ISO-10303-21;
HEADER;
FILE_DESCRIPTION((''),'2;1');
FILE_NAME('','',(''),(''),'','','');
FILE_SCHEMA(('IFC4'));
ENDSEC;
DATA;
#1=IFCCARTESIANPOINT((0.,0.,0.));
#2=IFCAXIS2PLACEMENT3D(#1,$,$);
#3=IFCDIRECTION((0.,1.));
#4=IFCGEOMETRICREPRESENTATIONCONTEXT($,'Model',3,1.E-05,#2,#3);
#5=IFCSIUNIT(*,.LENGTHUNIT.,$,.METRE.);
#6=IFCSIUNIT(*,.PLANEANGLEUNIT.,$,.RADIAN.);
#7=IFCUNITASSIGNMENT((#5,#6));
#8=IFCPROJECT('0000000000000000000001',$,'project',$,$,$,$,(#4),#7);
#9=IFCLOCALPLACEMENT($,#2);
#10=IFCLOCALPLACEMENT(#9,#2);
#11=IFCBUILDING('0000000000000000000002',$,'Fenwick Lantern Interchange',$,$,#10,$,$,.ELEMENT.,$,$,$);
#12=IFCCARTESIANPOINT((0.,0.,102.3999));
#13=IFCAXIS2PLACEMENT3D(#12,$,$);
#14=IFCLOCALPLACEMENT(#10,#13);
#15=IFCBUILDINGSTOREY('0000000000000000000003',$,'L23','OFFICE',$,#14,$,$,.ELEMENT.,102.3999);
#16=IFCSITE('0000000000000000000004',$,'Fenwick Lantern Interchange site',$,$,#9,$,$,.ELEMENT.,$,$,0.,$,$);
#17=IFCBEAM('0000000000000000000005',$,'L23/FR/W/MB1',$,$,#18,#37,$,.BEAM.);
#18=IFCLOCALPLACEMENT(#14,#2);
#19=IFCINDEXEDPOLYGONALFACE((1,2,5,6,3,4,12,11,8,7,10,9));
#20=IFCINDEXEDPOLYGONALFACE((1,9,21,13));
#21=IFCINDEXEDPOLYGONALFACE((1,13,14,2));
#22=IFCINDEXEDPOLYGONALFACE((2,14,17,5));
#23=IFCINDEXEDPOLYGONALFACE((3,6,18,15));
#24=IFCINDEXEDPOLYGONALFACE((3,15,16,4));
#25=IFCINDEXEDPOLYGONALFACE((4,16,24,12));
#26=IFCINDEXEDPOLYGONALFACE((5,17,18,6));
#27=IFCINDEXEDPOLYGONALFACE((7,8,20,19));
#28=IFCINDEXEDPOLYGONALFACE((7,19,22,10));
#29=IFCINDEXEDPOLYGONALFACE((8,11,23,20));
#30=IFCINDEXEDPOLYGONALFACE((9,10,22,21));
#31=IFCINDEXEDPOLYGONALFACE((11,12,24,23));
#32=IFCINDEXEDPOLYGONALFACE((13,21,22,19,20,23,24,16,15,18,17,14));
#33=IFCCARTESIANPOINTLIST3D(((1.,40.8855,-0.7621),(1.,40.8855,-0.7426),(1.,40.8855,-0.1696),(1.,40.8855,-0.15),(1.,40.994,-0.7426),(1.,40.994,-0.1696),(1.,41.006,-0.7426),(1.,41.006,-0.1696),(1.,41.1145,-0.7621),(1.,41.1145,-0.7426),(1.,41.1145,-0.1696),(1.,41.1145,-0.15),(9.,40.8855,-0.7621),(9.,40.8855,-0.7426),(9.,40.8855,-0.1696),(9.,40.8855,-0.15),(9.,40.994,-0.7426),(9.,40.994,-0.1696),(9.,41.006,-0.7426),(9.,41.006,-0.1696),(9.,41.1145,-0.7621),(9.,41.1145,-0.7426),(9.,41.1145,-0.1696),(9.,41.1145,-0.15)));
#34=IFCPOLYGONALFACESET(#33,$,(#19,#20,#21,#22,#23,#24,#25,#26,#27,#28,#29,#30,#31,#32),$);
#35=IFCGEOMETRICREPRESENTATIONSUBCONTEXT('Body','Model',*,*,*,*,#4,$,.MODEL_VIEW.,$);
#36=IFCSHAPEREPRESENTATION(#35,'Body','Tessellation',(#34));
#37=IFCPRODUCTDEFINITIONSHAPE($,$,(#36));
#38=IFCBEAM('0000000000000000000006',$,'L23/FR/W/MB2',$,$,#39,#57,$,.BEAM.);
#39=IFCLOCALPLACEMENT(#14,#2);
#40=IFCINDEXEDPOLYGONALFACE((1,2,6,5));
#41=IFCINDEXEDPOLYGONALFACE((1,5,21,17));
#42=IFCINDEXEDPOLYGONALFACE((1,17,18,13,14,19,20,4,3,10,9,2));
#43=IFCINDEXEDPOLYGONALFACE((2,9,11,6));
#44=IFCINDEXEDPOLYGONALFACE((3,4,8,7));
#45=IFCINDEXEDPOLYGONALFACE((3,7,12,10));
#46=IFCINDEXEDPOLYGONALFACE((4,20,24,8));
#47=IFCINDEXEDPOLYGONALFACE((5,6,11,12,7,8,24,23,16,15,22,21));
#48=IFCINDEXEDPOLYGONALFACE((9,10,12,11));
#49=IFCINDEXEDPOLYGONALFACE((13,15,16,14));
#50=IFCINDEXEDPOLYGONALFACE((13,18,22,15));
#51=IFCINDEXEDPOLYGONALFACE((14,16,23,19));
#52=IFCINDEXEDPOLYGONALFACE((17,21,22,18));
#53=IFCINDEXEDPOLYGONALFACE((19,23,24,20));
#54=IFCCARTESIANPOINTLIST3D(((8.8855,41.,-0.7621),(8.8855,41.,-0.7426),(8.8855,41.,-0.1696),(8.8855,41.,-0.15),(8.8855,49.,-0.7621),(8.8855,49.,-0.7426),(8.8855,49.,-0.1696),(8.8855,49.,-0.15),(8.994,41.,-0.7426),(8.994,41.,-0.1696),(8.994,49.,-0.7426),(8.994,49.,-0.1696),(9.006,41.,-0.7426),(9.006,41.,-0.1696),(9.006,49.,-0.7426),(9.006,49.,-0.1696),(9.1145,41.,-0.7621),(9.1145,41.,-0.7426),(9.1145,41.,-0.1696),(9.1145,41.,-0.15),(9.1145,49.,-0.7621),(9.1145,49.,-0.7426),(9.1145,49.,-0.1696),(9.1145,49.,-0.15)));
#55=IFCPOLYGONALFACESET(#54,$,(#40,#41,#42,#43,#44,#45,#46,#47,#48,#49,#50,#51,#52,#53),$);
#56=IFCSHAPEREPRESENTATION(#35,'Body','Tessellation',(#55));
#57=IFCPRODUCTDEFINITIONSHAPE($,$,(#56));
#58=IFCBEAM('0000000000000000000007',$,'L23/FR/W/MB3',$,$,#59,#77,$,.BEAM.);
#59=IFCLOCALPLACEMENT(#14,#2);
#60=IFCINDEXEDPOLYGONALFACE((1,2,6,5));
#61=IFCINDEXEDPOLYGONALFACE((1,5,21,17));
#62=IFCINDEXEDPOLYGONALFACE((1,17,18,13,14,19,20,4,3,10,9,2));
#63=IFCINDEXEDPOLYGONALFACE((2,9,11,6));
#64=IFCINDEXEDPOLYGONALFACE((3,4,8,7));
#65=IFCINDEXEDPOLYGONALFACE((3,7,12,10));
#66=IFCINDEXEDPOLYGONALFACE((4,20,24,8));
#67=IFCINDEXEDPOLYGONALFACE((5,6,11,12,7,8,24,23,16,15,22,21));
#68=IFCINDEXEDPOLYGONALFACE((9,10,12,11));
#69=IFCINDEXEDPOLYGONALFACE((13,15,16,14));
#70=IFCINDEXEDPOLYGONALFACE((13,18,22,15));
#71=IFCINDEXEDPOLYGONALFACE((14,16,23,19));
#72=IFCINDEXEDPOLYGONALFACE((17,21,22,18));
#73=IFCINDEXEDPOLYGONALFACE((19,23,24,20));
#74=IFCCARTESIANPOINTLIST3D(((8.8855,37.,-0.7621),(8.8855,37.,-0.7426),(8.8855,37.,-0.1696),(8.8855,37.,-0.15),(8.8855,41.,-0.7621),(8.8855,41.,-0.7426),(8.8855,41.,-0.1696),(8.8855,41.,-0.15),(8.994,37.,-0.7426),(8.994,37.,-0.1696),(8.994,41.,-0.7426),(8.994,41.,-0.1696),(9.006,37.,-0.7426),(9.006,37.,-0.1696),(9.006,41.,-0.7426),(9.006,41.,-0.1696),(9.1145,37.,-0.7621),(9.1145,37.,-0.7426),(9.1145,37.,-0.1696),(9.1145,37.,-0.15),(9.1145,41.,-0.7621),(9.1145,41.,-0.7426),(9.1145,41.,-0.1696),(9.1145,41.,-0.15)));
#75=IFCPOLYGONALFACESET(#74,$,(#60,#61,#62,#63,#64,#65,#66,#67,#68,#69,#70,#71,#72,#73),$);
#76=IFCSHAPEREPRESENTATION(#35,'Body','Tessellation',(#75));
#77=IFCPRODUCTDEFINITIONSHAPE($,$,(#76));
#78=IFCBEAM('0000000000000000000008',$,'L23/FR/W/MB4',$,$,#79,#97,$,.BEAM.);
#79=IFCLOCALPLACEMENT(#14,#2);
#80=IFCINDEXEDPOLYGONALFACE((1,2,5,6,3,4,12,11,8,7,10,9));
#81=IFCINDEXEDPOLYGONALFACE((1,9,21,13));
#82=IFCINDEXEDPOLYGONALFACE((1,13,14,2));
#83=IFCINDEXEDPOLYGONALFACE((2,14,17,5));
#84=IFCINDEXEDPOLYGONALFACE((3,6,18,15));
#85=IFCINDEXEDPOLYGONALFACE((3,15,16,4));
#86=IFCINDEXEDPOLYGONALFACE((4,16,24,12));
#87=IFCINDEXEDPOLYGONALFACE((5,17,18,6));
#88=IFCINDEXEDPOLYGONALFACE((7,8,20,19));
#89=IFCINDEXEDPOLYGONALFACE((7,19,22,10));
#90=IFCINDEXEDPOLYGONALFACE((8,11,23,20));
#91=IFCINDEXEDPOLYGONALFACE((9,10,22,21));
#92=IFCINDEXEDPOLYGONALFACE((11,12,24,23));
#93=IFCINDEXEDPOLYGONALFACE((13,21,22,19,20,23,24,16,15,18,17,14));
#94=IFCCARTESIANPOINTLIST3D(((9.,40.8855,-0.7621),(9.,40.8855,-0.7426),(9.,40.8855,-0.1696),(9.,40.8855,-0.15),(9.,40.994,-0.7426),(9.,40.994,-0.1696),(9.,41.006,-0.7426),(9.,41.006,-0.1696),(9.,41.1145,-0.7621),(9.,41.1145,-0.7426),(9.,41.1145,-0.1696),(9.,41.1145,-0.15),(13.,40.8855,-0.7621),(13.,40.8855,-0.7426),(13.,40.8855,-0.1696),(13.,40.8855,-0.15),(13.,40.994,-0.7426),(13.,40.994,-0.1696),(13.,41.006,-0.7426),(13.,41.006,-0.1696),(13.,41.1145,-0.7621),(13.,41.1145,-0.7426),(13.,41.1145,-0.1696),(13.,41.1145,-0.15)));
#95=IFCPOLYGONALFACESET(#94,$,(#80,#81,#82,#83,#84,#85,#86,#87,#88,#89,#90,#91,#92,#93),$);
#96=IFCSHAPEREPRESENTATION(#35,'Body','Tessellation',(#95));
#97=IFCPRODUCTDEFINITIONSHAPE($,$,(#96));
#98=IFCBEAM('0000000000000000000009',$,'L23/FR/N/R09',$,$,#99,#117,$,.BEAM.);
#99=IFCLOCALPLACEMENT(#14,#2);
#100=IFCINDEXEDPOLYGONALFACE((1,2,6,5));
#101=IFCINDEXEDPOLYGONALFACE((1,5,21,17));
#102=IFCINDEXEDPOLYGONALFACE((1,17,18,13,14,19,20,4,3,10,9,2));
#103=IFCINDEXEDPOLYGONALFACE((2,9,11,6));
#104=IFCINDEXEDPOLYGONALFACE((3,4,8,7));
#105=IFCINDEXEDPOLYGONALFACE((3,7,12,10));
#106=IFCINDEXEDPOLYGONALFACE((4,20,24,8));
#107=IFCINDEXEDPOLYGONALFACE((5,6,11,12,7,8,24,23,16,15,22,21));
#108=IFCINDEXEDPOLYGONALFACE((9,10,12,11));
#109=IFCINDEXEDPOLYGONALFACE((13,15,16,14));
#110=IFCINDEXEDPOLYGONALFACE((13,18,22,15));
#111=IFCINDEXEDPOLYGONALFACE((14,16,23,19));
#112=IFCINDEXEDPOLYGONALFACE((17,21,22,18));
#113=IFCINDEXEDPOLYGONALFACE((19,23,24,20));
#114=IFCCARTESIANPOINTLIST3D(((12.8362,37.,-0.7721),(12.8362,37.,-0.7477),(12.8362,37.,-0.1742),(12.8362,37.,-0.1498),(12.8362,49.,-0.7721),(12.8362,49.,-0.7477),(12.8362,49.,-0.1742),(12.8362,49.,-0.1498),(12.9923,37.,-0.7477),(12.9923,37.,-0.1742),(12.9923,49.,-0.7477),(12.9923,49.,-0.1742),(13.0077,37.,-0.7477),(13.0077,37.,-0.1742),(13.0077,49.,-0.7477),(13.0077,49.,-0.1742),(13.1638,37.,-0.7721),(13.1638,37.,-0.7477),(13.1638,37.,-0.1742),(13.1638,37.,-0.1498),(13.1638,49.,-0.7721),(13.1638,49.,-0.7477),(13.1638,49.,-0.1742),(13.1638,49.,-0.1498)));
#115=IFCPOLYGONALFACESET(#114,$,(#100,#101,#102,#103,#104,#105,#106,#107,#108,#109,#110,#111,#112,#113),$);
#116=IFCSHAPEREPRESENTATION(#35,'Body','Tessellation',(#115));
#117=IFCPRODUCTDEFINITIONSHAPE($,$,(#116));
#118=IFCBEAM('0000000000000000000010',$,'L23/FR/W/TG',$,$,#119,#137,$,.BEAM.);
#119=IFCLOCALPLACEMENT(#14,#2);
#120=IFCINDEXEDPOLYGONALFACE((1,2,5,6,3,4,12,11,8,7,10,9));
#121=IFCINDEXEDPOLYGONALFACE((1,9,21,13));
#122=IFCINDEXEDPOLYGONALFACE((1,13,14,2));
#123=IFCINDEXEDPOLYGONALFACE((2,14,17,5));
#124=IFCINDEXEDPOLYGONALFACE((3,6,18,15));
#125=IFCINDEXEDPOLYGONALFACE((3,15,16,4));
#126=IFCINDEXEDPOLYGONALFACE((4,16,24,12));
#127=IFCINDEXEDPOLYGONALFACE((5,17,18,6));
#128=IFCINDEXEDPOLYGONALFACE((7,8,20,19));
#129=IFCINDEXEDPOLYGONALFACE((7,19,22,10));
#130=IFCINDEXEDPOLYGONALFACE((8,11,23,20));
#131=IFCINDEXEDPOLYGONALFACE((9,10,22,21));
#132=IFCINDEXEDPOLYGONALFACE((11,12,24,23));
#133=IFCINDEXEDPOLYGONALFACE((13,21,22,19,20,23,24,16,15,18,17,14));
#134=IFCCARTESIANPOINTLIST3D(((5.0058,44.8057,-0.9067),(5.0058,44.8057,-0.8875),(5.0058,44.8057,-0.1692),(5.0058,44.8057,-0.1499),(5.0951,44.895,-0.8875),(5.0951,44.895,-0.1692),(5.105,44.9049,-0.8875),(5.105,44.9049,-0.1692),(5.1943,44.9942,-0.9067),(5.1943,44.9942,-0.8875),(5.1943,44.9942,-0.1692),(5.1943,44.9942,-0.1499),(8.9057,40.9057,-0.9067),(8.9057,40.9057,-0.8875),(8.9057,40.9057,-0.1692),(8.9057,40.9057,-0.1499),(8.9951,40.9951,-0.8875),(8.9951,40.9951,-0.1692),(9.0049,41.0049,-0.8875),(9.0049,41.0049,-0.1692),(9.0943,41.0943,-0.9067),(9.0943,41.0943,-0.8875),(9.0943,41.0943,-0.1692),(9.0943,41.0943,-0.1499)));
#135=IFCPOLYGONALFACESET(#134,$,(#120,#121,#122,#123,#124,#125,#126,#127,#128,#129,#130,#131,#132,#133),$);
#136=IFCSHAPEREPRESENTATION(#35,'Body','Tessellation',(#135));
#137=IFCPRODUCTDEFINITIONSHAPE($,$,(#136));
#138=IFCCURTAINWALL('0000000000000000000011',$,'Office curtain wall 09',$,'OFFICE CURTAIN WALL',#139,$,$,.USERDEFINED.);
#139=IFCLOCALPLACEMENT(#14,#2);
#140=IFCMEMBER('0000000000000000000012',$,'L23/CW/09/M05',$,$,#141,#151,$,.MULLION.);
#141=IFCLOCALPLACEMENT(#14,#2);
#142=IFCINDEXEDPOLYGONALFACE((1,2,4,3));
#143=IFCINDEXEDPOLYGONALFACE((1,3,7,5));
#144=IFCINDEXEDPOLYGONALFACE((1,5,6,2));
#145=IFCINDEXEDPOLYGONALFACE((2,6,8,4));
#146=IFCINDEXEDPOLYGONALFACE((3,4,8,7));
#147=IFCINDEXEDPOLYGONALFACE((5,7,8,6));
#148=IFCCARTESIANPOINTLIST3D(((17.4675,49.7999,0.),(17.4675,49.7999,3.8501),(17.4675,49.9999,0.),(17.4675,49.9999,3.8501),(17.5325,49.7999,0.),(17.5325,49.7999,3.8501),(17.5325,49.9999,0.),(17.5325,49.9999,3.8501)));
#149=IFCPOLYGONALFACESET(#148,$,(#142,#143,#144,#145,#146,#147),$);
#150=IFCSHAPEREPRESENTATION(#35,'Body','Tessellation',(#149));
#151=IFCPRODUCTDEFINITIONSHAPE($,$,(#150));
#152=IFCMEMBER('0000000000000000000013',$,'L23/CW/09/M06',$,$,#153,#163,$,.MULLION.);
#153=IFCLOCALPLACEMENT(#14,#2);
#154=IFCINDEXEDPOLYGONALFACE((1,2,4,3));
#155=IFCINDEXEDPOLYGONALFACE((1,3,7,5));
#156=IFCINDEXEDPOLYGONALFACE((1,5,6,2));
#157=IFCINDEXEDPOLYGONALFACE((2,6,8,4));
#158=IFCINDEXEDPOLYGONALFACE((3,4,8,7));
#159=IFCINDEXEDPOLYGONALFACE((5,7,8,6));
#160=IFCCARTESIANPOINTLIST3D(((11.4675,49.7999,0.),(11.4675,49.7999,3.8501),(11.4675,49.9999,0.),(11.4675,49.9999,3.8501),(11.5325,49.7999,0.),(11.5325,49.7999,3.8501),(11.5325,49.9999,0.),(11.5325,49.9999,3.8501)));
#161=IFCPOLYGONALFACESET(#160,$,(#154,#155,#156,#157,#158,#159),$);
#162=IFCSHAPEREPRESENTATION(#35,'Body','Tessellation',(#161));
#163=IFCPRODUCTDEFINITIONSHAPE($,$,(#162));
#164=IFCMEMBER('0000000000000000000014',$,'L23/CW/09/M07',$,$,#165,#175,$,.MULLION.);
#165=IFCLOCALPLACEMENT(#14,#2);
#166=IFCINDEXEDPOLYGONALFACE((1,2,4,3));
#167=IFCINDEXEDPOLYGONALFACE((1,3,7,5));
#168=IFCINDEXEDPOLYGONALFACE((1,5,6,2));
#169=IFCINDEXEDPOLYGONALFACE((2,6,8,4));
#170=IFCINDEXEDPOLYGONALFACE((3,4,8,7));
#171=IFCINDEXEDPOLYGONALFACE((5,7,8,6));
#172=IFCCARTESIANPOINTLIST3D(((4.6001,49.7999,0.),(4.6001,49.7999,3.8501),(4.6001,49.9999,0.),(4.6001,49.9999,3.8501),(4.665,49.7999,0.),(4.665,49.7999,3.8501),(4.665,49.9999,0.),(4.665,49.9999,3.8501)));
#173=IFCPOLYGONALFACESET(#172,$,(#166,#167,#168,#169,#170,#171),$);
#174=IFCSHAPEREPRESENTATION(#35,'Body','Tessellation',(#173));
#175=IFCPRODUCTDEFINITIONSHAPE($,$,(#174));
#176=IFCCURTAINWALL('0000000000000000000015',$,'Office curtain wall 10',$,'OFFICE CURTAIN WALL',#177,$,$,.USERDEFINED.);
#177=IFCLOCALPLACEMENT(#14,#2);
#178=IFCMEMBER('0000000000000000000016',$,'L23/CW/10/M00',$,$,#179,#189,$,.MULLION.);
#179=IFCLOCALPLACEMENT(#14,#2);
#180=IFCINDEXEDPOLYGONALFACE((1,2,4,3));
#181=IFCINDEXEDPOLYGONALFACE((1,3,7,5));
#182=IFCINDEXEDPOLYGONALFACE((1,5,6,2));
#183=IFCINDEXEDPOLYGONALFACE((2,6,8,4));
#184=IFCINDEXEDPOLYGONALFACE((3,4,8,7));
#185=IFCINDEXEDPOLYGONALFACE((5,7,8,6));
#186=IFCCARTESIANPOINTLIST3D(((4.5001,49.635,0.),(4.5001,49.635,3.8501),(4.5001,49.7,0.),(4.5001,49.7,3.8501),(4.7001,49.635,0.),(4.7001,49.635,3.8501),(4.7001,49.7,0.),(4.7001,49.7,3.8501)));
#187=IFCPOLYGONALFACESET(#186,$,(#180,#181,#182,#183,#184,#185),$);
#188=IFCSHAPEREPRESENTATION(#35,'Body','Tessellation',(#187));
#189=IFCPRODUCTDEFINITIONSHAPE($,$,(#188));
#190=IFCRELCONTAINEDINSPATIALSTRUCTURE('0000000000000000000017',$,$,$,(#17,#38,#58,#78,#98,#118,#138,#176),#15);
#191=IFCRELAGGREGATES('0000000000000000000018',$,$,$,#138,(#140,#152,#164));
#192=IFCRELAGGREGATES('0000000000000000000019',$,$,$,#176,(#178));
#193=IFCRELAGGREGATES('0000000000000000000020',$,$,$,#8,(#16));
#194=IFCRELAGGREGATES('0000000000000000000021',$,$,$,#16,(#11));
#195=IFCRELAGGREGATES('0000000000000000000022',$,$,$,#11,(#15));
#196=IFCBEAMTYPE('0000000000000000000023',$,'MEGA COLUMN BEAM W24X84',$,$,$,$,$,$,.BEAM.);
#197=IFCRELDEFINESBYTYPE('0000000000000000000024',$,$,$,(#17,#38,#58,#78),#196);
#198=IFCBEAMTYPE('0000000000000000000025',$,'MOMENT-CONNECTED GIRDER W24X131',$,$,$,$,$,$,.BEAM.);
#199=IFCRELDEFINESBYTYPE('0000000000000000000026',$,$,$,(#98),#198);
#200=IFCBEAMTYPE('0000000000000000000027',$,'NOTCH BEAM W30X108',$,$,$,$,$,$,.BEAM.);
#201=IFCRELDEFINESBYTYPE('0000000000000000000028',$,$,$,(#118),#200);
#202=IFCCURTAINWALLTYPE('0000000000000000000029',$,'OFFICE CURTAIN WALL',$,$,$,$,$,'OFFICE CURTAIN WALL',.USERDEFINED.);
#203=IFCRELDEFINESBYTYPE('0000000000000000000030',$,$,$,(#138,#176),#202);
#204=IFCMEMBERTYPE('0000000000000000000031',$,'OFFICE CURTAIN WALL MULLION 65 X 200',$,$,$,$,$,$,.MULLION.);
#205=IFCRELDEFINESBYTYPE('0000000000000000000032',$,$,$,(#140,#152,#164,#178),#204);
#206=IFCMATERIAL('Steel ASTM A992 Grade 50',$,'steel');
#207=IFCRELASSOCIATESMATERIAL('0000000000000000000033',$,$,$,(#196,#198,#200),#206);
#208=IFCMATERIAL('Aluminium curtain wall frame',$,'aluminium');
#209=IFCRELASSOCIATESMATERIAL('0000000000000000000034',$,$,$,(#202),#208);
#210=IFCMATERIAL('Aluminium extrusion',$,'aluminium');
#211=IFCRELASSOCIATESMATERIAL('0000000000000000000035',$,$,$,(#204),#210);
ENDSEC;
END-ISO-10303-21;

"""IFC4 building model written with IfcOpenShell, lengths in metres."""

from ifc_helpers import new_model, si_unit, direction, frame, origin, origin_2d, place, context, subcontext, project, spatial, rectangle, i_section, extrude, material, material_profile, profile_set, type_object, element, aggregate, save


model = new_model("IFC4")

# Units and contexts
model_context = context("Model", 3, precision=1e-05, world=origin(), true_north=direction((0.0, 1.0)))
body_context = subcontext(model_context, "Body", "Model", "MODEL_VIEW")
ifc_project = project(units=[si_unit("LENGTHUNIT", "METRE"), si_unit("PLANEANGLEUNIT", "RADIAN")], contexts=[model_context])

# Site, building, storey
site_placement = place(None, origin())
site = spatial("IfcSite", under=ifc_project, at=site_placement, Name="Fenwick Lantern Interchange site", CompositionType="ELEMENT", RefElevation=0.0)
building_placement = place(site_placement, origin())
building = spatial("IfcBuilding", under=site, at=building_placement, Name="Fenwick Lantern Interchange", CompositionType="ELEMENT")
storey_placement = place(building_placement, frame((0.0, 0.0, 102.3999)))
storey = spatial("IfcBuildingStorey", under=building, at=storey_placement, Name="L23", Description="OFFICE", CompositionType="ELEMENT", Elevation=102.3999)

# Shared definitions
ifc_material_1 = material(Name="Steel ASTM A992 Grade 50", Category="steel")

# Beams
ifc_material_profile_1 = material_profile(ifc_material_1, i_section(OverallWidth=0.229, OverallDepth=0.6121, WebThickness=0.012, FlangeThickness=0.0195, at=origin_2d()), Name="W24X84")
ifc_profile_set_1 = profile_set([ifc_material_profile_1], Name="Steel ASTM A992 Grade 50")
beam_type_1 = type_object("IfcBeamType", Name="MEGA COLUMN BEAM W24X84", PredefinedType="BEAM", material=ifc_profile_set_1)
for number, where, z_axis, x_axis, name in (
    (1, (9.0, 41.0, -0.4561), (-1.0, 0.0, 0.0), (0.0, -1.0, 0.0), "L23/FR/W/MB1"),
    (2, (9.0, 41.0, -0.4561), (0.0, 1.0, 0.0), (-1.0, 0.0, 0.0), "L23/FR/W/MB2"),
):
    element("IfcBeam", number, at=place(storey_placement, frame(where, z_axis=z_axis, x_axis=x_axis)), inside=storey, type_object=beam_type_1, Name=name, PredefinedType="BEAM", context=body_context, shape_type="SweptSolid", body=[
        extrude(i_section(OverallWidth=0.229, OverallDepth=0.6121, WebThickness=0.012, FlangeThickness=0.0195, at=origin_2d()), origin(), (0.0, 0.0, 1.0), 8.0),
    ])
for number, where, z_axis, x_axis, name in (
    (3, (9.0, 41.0, -0.4561), (0.0, -1.0, 0.0), (1.0, 0.0, 0.0), "L23/FR/W/MB3"),
    (4, (9.0, 41.0, -0.4561), (1.0, 0.0, 0.0), (0.0, 1.0, 0.0), "L23/FR/W/MB4"),
):
    element("IfcBeam", number, at=place(storey_placement, frame(where, z_axis=z_axis, x_axis=x_axis)), inside=storey, type_object=beam_type_1, Name=name, PredefinedType="BEAM", context=body_context, shape_type="SweptSolid", body=[
        extrude(i_section(OverallWidth=0.229, OverallDepth=0.6121, WebThickness=0.012, FlangeThickness=0.0195, at=origin_2d()), origin(), (0.0, 0.0, 1.0), 4.0),
    ])
ifc_material_profile_2 = material_profile(ifc_material_1, i_section(OverallWidth=0.3276, OverallDepth=0.6223, WebThickness=0.0154, FlangeThickness=0.0244, at=origin_2d()), Name="W24X131")
ifc_profile_set_2 = profile_set([ifc_material_profile_2], Name="Steel ASTM A992 Grade 50")
beam_type_2 = type_object("IfcBeamType", Name="MOMENT-CONNECTED GIRDER W24X131", PredefinedType="BEAM", material=ifc_profile_set_2)
beam_1_placement = place(storey_placement, frame((13.0, 49.0, -0.4609), z_axis=(0.0, -1.0, 0.0), x_axis=(1.0, 0.0, 0.0)))
element("IfcBeam", 5, at=beam_1_placement, inside=storey, type_object=beam_type_2, Name="L23/FR/N/R09", PredefinedType="BEAM", context=body_context, shape_type="SweptSolid", body=[
    extrude(i_section(OverallWidth=0.3276, OverallDepth=0.6223, WebThickness=0.0154, FlangeThickness=0.0244, at=origin_2d()), origin(), (0.0, 0.0, 1.0), 12.0),
])
ifc_material_profile_3 = material_profile(ifc_material_1, i_section(OverallWidth=0.2666, OverallDepth=0.7568, WebThickness=0.0139, FlangeThickness=0.0193, at=origin_2d()), Name="W30X108")
ifc_profile_set_3 = profile_set([ifc_material_profile_3], Name="Steel ASTM A992 Grade 50")
beam_type_3 = type_object("IfcBeamType", Name="NOTCH BEAM W30X108", PredefinedType="BEAM", material=ifc_profile_set_3)
beam_2_placement = place(storey_placement, frame((9.0, 41.0, -0.5283), z_axis=(-0.707107, 0.707107, 0.0), x_axis=(-0.707107, -0.707107, 0.0)))
element("IfcBeam", 6, at=beam_2_placement, inside=storey, type_object=beam_type_3, Name="L23/FR/W/TG", PredefinedType="BEAM", context=body_context, shape_type="SweptSolid", body=[
    extrude(i_section(OverallWidth=0.2666, OverallDepth=0.7568, WebThickness=0.0139, FlangeThickness=0.0193, at=origin_2d()), origin(), (0.0, 0.0, 1.0), 5.5154),
])

# Curtain walls, members
ifc_material_2 = material(Name="Aluminium curtain wall frame", Category="aluminium")
curtain_wall_type = type_object("IfcCurtainWallType", Name="OFFICE CURTAIN WALL", ElementType="OFFICE CURTAIN WALL", PredefinedType="USERDEFINED", material=ifc_material_2)
curtain_wall_1_placement = place(storey_placement, origin())
curtain_wall_1 = element("IfcCurtainWall", 7, at=curtain_wall_1_placement, inside=storey, type_object=curtain_wall_type, Name="Office curtain wall 09", ObjectType="OFFICE CURTAIN WALL", PredefinedType="USERDEFINED")
ifc_material_3 = material(Name="Aluminium extrusion", Category="aluminium")
ifc_material_profile_4 = material_profile(ifc_material_3, rectangle(XDim=0.2, YDim=0.0649, at=origin_2d()), Name="OFFICE CURTAIN WALL MULLION 65 X 200")
ifc_profile_set_4 = profile_set([ifc_material_profile_4], Name="Aluminium extrusion")
member_type_1 = type_object("IfcMemberType", Name="OFFICE CURTAIN WALL MULLION 65 X 200", PredefinedType="MULLION", material=ifc_profile_set_4)
member_1_placement = place(storey_placement, frame((17.5, 49.8999, 0.0), z_axis=(0.0, 0.0, 1.0), x_axis=(0.0, -1.0, 0.0)))
member_1 = element("IfcMember", 8, at=member_1_placement, type_object=member_type_1, Name="L23/CW/09/M05", PredefinedType="MULLION", context=body_context, shape_type="SweptSolid", body=[
    extrude(rectangle(XDim=0.2, YDim=0.0649, at=origin_2d()), origin(), (0.0, 0.0, 1.0), 3.8501),
])
member_2_placement = place(storey_placement, frame((11.5, 49.8999, 0.0), z_axis=(0.0, 0.0, 1.0), x_axis=(0.0, -1.0, 0.0)))
member_2 = element("IfcMember", 9, at=member_2_placement, type_object=member_type_1, Name="L23/CW/09/M06", PredefinedType="MULLION", context=body_context, shape_type="SweptSolid", body=[
    extrude(rectangle(XDim=0.2, YDim=0.0649, at=origin_2d()), origin(), (0.0, 0.0, 1.0), 3.8501),
])
member_3_placement = place(storey_placement, frame((4.6326, 49.8999, 0.0), z_axis=(0.0, 0.0, 1.0), x_axis=(0.0, -1.0, 0.0)))
member_3 = element("IfcMember", 10, at=member_3_placement, type_object=member_type_1, Name="L23/CW/09/M07", PredefinedType="MULLION", context=body_context, shape_type="SweptSolid", body=[
    extrude(rectangle(XDim=0.2, YDim=0.0649, at=origin_2d()), origin(), (0.0, 0.0, 1.0), 3.8501),
])
curtain_wall_2_placement = place(storey_placement, origin())
curtain_wall_2 = element("IfcCurtainWall", 11, at=curtain_wall_2_placement, inside=storey, type_object=curtain_wall_type, Name="Office curtain wall 10", ObjectType="OFFICE CURTAIN WALL", PredefinedType="USERDEFINED")
member_4_placement = place(storey_placement, frame((4.6001, 49.6675, 0.0), z_axis=(0.0, 0.0, 1.0), x_axis=(1.0, 0.0, 0.0)))
member_4 = element("IfcMember", 12, at=member_4_placement, type_object=member_type_1, Name="L23/CW/10/M00", PredefinedType="MULLION", context=body_context, shape_type="SweptSolid", body=[
    extrude(rectangle(XDim=0.2, YDim=0.0649, at=origin_2d()), origin(), (0.0, 0.0, 1.0), 3.8501),
])

aggregate(curtain_wall_1, [member_1, member_2, member_3])

aggregate(curtain_wall_2, [member_4])

save(model, "model.ifc")
